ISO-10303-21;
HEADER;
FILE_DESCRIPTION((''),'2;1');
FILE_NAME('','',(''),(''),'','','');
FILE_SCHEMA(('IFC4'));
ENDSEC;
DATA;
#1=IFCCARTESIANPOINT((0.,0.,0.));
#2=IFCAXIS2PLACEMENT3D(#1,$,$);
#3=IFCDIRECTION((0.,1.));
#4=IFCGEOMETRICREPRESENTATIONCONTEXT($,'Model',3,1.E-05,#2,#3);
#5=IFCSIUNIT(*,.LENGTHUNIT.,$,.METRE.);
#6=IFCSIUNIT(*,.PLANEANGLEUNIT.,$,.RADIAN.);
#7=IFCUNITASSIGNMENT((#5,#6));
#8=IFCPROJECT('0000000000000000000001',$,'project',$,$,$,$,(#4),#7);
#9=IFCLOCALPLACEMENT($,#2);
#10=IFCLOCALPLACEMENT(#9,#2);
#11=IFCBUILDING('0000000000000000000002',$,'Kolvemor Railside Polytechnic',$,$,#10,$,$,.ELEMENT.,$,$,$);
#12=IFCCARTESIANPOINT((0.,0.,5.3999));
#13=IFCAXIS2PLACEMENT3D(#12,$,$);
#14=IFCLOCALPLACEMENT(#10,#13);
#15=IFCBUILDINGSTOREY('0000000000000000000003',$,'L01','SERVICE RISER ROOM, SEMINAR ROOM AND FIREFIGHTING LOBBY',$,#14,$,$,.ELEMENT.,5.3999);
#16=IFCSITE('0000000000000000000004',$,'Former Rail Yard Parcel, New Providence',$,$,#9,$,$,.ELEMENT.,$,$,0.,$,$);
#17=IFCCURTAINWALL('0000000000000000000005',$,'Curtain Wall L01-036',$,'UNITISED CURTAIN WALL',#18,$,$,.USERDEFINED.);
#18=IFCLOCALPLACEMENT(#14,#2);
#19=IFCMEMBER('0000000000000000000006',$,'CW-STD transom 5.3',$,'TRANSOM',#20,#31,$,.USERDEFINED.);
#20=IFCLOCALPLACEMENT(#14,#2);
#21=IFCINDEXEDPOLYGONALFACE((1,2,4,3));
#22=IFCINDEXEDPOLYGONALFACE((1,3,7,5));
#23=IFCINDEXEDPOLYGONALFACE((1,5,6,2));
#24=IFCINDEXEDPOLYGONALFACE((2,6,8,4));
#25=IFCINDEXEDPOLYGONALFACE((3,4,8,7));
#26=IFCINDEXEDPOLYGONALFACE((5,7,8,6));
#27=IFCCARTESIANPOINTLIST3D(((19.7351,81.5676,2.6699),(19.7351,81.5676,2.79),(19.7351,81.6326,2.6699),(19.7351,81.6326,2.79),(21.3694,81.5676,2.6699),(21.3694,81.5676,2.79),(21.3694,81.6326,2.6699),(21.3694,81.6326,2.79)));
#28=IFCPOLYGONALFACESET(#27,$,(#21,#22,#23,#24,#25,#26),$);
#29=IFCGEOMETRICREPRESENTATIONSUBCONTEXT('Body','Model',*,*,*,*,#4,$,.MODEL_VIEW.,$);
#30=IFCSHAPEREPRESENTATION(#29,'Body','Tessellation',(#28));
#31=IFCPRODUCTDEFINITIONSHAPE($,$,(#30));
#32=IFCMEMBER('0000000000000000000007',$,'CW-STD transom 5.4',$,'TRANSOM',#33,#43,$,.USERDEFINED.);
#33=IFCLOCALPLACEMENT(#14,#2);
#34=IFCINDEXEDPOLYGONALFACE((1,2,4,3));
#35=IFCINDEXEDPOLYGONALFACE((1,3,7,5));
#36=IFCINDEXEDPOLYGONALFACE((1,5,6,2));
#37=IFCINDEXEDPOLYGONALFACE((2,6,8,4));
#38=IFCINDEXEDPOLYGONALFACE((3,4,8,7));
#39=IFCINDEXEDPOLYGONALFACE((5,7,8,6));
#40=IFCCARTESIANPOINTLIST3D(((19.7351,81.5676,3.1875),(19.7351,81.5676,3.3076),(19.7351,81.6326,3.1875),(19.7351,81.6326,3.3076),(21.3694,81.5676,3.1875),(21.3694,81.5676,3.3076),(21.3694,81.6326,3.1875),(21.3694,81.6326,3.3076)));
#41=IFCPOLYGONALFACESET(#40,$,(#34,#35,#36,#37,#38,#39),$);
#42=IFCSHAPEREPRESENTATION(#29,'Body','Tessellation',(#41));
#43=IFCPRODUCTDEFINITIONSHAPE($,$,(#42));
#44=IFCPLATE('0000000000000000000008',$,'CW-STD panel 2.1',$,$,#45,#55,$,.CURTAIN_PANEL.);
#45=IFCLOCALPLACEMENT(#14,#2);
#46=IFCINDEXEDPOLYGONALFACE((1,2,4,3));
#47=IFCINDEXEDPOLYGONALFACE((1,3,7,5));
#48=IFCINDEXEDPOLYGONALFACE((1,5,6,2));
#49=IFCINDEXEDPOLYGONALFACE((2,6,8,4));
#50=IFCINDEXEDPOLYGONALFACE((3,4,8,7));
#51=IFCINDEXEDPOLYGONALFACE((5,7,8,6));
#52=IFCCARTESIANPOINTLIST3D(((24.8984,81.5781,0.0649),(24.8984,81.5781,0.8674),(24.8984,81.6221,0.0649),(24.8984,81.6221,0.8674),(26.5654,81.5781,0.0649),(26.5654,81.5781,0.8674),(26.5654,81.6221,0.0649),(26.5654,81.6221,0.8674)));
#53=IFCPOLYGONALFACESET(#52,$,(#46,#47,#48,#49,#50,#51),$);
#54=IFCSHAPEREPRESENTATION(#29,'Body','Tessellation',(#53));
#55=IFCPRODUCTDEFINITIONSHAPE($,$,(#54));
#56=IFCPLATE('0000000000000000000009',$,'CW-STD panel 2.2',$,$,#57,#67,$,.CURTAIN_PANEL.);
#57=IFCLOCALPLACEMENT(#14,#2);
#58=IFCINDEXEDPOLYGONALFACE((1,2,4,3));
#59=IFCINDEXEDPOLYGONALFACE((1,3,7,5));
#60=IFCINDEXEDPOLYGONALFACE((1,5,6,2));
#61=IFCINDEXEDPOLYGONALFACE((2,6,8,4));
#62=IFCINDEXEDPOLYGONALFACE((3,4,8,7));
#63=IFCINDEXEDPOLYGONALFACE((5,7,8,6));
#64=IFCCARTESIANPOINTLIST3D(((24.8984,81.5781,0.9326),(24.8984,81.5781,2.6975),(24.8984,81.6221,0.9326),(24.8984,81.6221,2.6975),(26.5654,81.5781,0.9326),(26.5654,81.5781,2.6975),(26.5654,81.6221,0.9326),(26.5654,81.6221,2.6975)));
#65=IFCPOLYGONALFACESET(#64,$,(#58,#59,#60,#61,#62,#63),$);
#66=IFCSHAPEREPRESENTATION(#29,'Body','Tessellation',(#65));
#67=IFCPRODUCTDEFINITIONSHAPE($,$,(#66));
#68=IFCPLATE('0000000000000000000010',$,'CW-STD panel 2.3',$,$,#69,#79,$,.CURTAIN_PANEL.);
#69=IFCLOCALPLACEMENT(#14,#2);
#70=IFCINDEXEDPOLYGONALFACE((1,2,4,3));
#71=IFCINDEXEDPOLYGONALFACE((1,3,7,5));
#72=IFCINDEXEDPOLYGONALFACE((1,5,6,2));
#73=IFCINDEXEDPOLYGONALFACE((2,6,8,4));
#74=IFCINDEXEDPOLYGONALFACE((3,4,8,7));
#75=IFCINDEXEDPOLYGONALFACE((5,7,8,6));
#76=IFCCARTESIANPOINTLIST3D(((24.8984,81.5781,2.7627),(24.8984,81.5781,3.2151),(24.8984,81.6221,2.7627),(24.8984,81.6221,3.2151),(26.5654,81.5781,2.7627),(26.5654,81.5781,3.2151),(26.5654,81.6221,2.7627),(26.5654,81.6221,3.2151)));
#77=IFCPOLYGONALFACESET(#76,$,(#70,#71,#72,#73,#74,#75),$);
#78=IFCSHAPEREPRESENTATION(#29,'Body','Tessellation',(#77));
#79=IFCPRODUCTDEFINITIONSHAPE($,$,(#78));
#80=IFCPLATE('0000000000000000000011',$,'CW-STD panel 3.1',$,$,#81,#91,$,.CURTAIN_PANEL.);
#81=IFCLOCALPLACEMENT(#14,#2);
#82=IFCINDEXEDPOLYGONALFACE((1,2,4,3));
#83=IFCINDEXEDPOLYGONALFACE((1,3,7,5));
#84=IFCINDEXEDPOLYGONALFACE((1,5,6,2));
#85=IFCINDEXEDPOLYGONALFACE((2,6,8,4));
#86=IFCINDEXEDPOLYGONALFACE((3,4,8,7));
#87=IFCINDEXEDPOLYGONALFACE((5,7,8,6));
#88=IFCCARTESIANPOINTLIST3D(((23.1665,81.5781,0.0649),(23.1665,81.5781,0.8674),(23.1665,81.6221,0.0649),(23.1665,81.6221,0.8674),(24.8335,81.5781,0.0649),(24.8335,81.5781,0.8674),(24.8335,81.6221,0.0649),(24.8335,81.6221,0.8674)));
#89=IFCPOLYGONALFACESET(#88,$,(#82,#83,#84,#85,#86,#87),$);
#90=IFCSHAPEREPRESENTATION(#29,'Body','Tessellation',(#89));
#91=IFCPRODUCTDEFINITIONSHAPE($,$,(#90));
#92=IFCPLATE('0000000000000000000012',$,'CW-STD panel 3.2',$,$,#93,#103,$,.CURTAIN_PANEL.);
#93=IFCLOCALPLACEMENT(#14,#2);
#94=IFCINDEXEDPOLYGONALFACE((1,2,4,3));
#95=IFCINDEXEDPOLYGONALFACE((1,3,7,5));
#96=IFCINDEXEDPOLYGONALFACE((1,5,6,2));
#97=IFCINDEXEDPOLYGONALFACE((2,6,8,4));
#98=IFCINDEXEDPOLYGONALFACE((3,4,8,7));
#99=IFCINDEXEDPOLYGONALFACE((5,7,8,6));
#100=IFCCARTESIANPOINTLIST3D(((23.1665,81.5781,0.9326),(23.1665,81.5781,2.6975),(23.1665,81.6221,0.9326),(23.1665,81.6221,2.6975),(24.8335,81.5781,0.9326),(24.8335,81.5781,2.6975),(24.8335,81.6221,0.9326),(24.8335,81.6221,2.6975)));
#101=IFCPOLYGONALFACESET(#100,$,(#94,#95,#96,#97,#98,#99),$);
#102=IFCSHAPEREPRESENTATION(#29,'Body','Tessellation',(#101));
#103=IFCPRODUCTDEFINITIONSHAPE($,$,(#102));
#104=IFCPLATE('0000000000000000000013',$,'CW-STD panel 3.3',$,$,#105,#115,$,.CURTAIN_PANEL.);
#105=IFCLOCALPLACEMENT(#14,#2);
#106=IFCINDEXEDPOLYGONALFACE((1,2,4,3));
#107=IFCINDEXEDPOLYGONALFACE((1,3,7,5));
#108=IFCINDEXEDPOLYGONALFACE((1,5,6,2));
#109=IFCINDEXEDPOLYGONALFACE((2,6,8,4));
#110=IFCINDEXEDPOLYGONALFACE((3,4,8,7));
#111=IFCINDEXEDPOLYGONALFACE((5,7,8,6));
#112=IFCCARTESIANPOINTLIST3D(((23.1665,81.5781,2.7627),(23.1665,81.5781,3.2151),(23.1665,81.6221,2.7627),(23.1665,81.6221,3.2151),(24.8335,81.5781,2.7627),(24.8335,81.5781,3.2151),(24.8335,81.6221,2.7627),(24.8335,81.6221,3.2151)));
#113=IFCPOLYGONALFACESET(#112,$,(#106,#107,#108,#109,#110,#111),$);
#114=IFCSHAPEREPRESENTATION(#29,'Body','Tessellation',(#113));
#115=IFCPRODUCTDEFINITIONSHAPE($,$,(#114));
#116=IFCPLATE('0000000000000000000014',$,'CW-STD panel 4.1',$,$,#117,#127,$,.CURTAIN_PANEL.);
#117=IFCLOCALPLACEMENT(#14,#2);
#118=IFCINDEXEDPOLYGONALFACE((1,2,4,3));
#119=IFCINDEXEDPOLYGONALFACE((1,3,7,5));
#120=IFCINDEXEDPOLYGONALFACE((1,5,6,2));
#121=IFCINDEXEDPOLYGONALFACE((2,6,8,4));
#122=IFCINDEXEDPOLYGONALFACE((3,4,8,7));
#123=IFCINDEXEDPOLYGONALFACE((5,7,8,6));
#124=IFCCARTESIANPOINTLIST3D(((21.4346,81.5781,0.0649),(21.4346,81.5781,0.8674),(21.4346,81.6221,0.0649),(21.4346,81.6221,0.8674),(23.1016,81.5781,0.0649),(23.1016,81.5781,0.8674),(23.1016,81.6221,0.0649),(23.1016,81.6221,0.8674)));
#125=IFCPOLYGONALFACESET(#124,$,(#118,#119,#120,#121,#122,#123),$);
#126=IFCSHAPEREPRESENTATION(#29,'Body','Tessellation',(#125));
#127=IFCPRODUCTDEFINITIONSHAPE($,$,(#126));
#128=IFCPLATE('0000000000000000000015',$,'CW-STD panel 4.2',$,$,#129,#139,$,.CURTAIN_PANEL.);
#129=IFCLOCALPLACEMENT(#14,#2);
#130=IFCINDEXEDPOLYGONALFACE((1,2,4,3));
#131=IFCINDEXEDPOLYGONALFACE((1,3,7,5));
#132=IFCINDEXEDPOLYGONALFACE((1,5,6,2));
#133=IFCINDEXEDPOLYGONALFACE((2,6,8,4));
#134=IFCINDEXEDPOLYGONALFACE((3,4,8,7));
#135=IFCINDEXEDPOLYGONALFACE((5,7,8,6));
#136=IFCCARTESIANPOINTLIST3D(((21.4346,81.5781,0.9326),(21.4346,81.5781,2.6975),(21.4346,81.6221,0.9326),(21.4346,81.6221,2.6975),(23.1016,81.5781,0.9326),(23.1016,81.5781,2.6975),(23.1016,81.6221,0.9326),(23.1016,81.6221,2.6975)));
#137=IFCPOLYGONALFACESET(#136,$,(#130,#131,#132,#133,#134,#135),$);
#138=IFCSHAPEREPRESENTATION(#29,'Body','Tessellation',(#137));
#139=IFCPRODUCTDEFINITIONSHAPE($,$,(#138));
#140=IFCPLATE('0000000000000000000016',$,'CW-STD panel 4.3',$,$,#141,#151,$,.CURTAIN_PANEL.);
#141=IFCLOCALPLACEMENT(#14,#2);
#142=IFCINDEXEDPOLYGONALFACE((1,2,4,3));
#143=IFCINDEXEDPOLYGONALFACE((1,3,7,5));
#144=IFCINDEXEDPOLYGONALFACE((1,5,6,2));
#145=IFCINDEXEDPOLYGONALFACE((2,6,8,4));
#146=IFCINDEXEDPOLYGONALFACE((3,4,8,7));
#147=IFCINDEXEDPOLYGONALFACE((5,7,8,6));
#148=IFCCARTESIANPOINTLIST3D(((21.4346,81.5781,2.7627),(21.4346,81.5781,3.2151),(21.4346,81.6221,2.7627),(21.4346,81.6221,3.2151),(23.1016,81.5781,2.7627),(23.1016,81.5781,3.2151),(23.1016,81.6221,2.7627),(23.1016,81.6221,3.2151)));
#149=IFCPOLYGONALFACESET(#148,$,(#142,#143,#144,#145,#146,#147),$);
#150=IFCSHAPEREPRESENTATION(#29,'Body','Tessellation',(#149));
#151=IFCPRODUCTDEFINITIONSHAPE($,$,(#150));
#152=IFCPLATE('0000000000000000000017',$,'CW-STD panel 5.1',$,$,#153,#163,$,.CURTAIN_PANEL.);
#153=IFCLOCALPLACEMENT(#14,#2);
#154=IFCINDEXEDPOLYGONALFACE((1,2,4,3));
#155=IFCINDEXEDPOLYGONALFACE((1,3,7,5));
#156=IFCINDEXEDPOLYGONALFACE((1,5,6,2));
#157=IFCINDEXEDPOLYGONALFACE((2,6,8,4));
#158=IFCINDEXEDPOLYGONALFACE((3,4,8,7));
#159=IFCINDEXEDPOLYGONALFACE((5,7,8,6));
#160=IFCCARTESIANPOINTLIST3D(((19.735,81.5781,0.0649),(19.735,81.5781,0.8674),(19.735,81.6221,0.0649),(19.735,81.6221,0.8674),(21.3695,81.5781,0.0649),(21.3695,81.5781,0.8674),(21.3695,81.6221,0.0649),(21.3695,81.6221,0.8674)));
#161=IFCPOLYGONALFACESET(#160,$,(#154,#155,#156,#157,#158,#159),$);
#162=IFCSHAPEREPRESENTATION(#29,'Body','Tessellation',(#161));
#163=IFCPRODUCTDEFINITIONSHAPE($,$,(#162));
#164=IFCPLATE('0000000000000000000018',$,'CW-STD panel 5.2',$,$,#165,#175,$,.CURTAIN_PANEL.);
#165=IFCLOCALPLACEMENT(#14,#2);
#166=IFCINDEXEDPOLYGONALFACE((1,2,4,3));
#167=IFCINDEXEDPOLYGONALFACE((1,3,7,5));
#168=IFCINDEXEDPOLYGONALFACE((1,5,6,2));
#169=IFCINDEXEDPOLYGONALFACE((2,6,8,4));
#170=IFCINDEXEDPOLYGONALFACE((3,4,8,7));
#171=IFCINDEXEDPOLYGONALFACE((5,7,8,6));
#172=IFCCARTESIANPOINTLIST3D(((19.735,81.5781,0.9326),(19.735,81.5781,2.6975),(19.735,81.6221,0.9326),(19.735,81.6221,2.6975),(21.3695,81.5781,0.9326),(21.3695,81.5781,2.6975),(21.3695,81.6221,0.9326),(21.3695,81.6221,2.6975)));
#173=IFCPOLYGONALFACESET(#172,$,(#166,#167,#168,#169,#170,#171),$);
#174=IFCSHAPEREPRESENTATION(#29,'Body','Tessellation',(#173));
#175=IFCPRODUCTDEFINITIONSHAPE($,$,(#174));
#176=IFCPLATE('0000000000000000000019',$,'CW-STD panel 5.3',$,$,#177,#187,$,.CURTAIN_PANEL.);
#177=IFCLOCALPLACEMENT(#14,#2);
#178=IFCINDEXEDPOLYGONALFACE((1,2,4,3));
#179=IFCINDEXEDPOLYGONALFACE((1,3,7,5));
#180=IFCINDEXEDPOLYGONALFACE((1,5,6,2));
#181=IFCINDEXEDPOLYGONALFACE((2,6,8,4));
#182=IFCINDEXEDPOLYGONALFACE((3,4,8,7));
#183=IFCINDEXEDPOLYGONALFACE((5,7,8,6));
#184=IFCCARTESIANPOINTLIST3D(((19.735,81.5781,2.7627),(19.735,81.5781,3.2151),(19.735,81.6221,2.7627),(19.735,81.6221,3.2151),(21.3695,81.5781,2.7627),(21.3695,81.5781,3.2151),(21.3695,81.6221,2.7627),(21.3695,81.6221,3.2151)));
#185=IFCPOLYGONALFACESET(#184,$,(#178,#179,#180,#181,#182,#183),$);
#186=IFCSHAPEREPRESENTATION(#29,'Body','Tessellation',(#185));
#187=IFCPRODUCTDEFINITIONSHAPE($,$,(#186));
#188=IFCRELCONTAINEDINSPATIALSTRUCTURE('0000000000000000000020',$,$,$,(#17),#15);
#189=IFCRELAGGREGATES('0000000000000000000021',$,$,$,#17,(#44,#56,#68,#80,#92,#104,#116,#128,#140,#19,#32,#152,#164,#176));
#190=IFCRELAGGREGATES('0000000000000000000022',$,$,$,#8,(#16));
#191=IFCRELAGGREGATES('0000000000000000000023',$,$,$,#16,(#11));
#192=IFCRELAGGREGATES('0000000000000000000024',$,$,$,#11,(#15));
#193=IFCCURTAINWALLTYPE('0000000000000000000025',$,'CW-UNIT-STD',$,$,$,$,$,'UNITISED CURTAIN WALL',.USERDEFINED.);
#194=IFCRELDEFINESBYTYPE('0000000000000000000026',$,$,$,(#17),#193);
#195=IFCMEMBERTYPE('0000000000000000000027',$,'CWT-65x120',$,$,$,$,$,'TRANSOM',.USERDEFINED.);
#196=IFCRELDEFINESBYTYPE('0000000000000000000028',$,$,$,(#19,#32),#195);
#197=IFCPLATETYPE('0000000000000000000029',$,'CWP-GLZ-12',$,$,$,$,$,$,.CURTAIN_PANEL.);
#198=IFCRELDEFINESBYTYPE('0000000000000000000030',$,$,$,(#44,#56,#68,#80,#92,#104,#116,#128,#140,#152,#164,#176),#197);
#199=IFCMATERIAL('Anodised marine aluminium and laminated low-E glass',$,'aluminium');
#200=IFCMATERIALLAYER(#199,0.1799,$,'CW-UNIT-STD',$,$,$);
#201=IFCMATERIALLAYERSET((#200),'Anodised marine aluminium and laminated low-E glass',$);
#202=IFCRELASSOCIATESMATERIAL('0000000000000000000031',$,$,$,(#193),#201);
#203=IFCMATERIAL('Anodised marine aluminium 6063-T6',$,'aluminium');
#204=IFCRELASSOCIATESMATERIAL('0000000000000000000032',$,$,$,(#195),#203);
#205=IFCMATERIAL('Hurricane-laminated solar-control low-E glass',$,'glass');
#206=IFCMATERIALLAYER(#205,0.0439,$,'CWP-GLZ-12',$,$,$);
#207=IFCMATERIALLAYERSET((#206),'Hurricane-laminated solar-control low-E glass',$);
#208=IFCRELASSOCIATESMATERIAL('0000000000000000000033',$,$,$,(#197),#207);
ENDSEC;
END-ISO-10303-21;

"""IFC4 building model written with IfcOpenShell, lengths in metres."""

from ifc_helpers import new_model, si_unit, direction, frame, origin, origin_2d, place, context, subcontext, project, spatial, rectangle, extrude, material, layer, layer_set, material_profile, profile_set, type_object, element, aggregate, save


model = new_model("IFC4")

# Units and contexts
model_context = context("Model", 3, precision=1e-05, world=origin(), true_north=direction((0.0, 1.0)))
body_context = subcontext(model_context, "Body", "Model", "MODEL_VIEW")
ifc_project = project(units=[si_unit("LENGTHUNIT", "METRE"), si_unit("PLANEANGLEUNIT", "RADIAN")], contexts=[model_context])

# Site, building, storey
site_placement = place(None, origin())
site = spatial("IfcSite", under=ifc_project, at=site_placement, Name="Former Rail Yard Parcel, New Providence", CompositionType="ELEMENT", RefElevation=0.0)
building_placement = place(site_placement, origin())
building = spatial("IfcBuilding", under=site, at=building_placement, Name="Kolvemor Railside Polytechnic", CompositionType="ELEMENT")
storey_placement = place(building_placement, frame((0.0, 0.0, 5.3999)))
storey = spatial("IfcBuildingStorey", under=building, at=storey_placement, Name="L01", Description="SERVICE RISER ROOM, SEMINAR ROOM AND FIREFIGHTING LOBBY", CompositionType="ELEMENT", Elevation=5.3999)

# Curtain wall, members, plates
ifc_material_1 = material(Name="Anodised marine aluminium and laminated low-E glass", Category="aluminium")
ifc_layer_1 = layer(ifc_material_1, 0.1799, Name="CW-UNIT-STD")
ifc_layer_set_1 = layer_set([ifc_layer_1], Name="Anodised marine aluminium and laminated low-E glass")
curtain_wall_type = type_object("IfcCurtainWallType", Name="CW-UNIT-STD", ElementType="UNITISED CURTAIN WALL", PredefinedType="USERDEFINED", material=ifc_layer_set_1)
curtain_wall_placement = place(storey_placement, origin())
curtain_wall = element("IfcCurtainWall", 1, at=curtain_wall_placement, inside=storey, type_object=curtain_wall_type, Name="Curtain Wall L01-036", ObjectType="UNITISED CURTAIN WALL", PredefinedType="USERDEFINED")
ifc_material_2 = material(Name="Anodised marine aluminium 6063-T6", Category="aluminium")
ifc_material_profile_1 = material_profile(ifc_material_2, rectangle(XDim=0.0649, YDim=0.1201, at=origin_2d()), Name="CW-TRN-65x120")
ifc_profile_set_1 = profile_set([ifc_material_profile_1], Name="Anodised marine aluminium 6063-T6")
member_type_1 = type_object("IfcMemberType", Name="CWT-65x120", ElementType="TRANSOM", PredefinedType="USERDEFINED", material=ifc_profile_set_1)
member_1_placement = place(storey_placement, frame((21.3694, 81.6001, 2.73), z_axis=(-1.0, 0.0, 0.0), x_axis=(0.0, -1.0, 0.0)))
member_1 = element("IfcMember", 2, at=member_1_placement, type_object=member_type_1, Name="CW-STD transom 5.3", ObjectType="TRANSOM", PredefinedType="USERDEFINED", context=body_context, shape_type="SweptSolid", body=[
    extrude(rectangle(XDim=0.0649, YDim=0.1201, at=origin_2d()), origin(), (0.0, 0.0, 1.0), 1.6343),
])
member_2_placement = place(storey_placement, frame((21.3694, 81.6001, 3.2476), z_axis=(-1.0, 0.0, 0.0), x_axis=(0.0, -1.0, 0.0)))
member_2 = element("IfcMember", 3, at=member_2_placement, type_object=member_type_1, Name="CW-STD transom 5.4", ObjectType="TRANSOM", PredefinedType="USERDEFINED", context=body_context, shape_type="SweptSolid", body=[
    extrude(rectangle(XDim=0.0649, YDim=0.1201, at=origin_2d()), origin(), (0.0, 0.0, 1.0), 1.6343),
])
ifc_material_3 = material(Name="Hurricane-laminated solar-control low-E glass", Category="glass")
ifc_layer_2 = layer(ifc_material_3, 0.0439, Name="CWP-GLZ-12")
ifc_layer_set_2 = layer_set([ifc_layer_2], Name="Hurricane-laminated solar-control low-E glass")
plate_type = type_object("IfcPlateType", Name="CWP-GLZ-12", PredefinedType="CURTAIN_PANEL", material=ifc_layer_set_2)
plate_1_placement = place(storey_placement, frame((25.7319, 81.6001, 0.0649), z_axis=(0.0, 0.0, 1.0), x_axis=(-1.0, 0.0, 0.0)))
plate_1 = element("IfcPlate", 4, at=plate_1_placement, type_object=plate_type, Name="CW-STD panel 2.1", PredefinedType="CURTAIN_PANEL", context=body_context, shape_type="SweptSolid", body=[
    extrude(rectangle(XDim=1.667, YDim=0.0439, at=origin_2d()), origin(), (0.0, 0.0, 1.0), 0.8025),
])
plate_2_placement = place(storey_placement, frame((25.7319, 81.6001, 0.9326), z_axis=(0.0, 0.0, 1.0), x_axis=(-1.0, 0.0, 0.0)))
plate_2 = element("IfcPlate", 5, at=plate_2_placement, type_object=plate_type, Name="CW-STD panel 2.2", PredefinedType="CURTAIN_PANEL", context=body_context, shape_type="SweptSolid", body=[
    extrude(rectangle(XDim=1.667, YDim=0.0439, at=origin_2d()), origin(), (0.0, 0.0, 1.0), 1.7649),
])
plate_3_placement = place(storey_placement, frame((25.7319, 81.6001, 2.7627), z_axis=(0.0, 0.0, 1.0), x_axis=(-1.0, 0.0, 0.0)))
plate_3 = element("IfcPlate", 6, at=plate_3_placement, type_object=plate_type, Name="CW-STD panel 2.3", PredefinedType="CURTAIN_PANEL", context=body_context, shape_type="SweptSolid", body=[
    extrude(rectangle(XDim=1.667, YDim=0.0439, at=origin_2d()), origin(), (0.0, 0.0, 1.0), 0.4524),
])
plate_4_placement = place(storey_placement, frame((24.0, 81.6001, 0.0649), z_axis=(0.0, 0.0, 1.0), x_axis=(-1.0, 0.0, 0.0)))
plate_4 = element("IfcPlate", 7, at=plate_4_placement, type_object=plate_type, Name="CW-STD panel 3.1", PredefinedType="CURTAIN_PANEL", context=body_context, shape_type="SweptSolid", body=[
    extrude(rectangle(XDim=1.667, YDim=0.0439, at=origin_2d()), origin(), (0.0, 0.0, 1.0), 0.8025),
])
plate_5_placement = place(storey_placement, frame((24.0, 81.6001, 0.9326), z_axis=(0.0, 0.0, 1.0), x_axis=(-1.0, 0.0, 0.0)))
plate_5 = element("IfcPlate", 8, at=plate_5_placement, type_object=plate_type, Name="CW-STD panel 3.2", PredefinedType="CURTAIN_PANEL", context=body_context, shape_type="SweptSolid", body=[
    extrude(rectangle(XDim=1.667, YDim=0.0439, at=origin_2d()), origin(), (0.0, 0.0, 1.0), 1.7649),
])
plate_6_placement = place(storey_placement, frame((24.0, 81.6001, 2.7627), z_axis=(0.0, 0.0, 1.0), x_axis=(-1.0, 0.0, 0.0)))
plate_6 = element("IfcPlate", 9, at=plate_6_placement, type_object=plate_type, Name="CW-STD panel 3.3", PredefinedType="CURTAIN_PANEL", context=body_context, shape_type="SweptSolid", body=[
    extrude(rectangle(XDim=1.667, YDim=0.0439, at=origin_2d()), origin(), (0.0, 0.0, 1.0), 0.4524),
])
plate_7_placement = place(storey_placement, frame((22.2681, 81.6001, 0.0649), z_axis=(0.0, 0.0, 1.0), x_axis=(-1.0, 0.0, 0.0)))
plate_7 = element("IfcPlate", 10, at=plate_7_placement, type_object=plate_type, Name="CW-STD panel 4.1", PredefinedType="CURTAIN_PANEL", context=body_context, shape_type="SweptSolid", body=[
    extrude(rectangle(XDim=1.667, YDim=0.0439, at=origin_2d()), origin(), (0.0, 0.0, 1.0), 0.8025),
])
plate_8_placement = place(storey_placement, frame((22.2681, 81.6001, 0.9326), z_axis=(0.0, 0.0, 1.0), x_axis=(-1.0, 0.0, 0.0)))
plate_8 = element("IfcPlate", 11, at=plate_8_placement, type_object=plate_type, Name="CW-STD panel 4.2", PredefinedType="CURTAIN_PANEL", context=body_context, shape_type="SweptSolid", body=[
    extrude(rectangle(XDim=1.667, YDim=0.0439, at=origin_2d()), origin(), (0.0, 0.0, 1.0), 1.7649),
])
plate_9_placement = place(storey_placement, frame((22.2681, 81.6001, 2.7627), z_axis=(0.0, 0.0, 1.0), x_axis=(-1.0, 0.0, 0.0)))
plate_9 = element("IfcPlate", 12, at=plate_9_placement, type_object=plate_type, Name="CW-STD panel 4.3", PredefinedType="CURTAIN_PANEL", context=body_context, shape_type="SweptSolid", body=[
    extrude(rectangle(XDim=1.667, YDim=0.0439, at=origin_2d()), origin(), (0.0, 0.0, 1.0), 0.4524),
])
plate_10_placement = place(storey_placement, frame((20.5522, 81.6001, 0.0649), z_axis=(0.0, 0.0, 1.0), x_axis=(-1.0, 0.0, 0.0)))
plate_10 = element("IfcPlate", 13, at=plate_10_placement, type_object=plate_type, Name="CW-STD panel 5.1", PredefinedType="CURTAIN_PANEL", context=body_context, shape_type="SweptSolid", body=[
    extrude(rectangle(XDim=1.6345, YDim=0.0439, at=origin_2d()), origin(), (0.0, 0.0, 1.0), 0.8025),
])
plate_11_placement = place(storey_placement, frame((20.5522, 81.6001, 0.9326), z_axis=(0.0, 0.0, 1.0), x_axis=(-1.0, 0.0, 0.0)))
plate_11 = element("IfcPlate", 14, at=plate_11_placement, type_object=plate_type, Name="CW-STD panel 5.2", PredefinedType="CURTAIN_PANEL", context=body_context, shape_type="SweptSolid", body=[
    extrude(rectangle(XDim=1.6345, YDim=0.0439, at=origin_2d()), origin(), (0.0, 0.0, 1.0), 1.7649),
])
plate_12_placement = place(storey_placement, frame((20.5522, 81.6001, 2.7627), z_axis=(0.0, 0.0, 1.0), x_axis=(-1.0, 0.0, 0.0)))
plate_12 = element("IfcPlate", 15, at=plate_12_placement, type_object=plate_type, Name="CW-STD panel 5.3", PredefinedType="CURTAIN_PANEL", context=body_context, shape_type="SweptSolid", body=[
    extrude(rectangle(XDim=1.6345, YDim=0.0439, at=origin_2d()), origin(), (0.0, 0.0, 1.0), 0.4524),
])
aggregate(curtain_wall, [plate_1, plate_2, plate_3, plate_4, plate_5, plate_6, plate_7, plate_8, plate_9, member_1, member_2, plate_10, plate_11, plate_12])

save(model, "model.ifc")
